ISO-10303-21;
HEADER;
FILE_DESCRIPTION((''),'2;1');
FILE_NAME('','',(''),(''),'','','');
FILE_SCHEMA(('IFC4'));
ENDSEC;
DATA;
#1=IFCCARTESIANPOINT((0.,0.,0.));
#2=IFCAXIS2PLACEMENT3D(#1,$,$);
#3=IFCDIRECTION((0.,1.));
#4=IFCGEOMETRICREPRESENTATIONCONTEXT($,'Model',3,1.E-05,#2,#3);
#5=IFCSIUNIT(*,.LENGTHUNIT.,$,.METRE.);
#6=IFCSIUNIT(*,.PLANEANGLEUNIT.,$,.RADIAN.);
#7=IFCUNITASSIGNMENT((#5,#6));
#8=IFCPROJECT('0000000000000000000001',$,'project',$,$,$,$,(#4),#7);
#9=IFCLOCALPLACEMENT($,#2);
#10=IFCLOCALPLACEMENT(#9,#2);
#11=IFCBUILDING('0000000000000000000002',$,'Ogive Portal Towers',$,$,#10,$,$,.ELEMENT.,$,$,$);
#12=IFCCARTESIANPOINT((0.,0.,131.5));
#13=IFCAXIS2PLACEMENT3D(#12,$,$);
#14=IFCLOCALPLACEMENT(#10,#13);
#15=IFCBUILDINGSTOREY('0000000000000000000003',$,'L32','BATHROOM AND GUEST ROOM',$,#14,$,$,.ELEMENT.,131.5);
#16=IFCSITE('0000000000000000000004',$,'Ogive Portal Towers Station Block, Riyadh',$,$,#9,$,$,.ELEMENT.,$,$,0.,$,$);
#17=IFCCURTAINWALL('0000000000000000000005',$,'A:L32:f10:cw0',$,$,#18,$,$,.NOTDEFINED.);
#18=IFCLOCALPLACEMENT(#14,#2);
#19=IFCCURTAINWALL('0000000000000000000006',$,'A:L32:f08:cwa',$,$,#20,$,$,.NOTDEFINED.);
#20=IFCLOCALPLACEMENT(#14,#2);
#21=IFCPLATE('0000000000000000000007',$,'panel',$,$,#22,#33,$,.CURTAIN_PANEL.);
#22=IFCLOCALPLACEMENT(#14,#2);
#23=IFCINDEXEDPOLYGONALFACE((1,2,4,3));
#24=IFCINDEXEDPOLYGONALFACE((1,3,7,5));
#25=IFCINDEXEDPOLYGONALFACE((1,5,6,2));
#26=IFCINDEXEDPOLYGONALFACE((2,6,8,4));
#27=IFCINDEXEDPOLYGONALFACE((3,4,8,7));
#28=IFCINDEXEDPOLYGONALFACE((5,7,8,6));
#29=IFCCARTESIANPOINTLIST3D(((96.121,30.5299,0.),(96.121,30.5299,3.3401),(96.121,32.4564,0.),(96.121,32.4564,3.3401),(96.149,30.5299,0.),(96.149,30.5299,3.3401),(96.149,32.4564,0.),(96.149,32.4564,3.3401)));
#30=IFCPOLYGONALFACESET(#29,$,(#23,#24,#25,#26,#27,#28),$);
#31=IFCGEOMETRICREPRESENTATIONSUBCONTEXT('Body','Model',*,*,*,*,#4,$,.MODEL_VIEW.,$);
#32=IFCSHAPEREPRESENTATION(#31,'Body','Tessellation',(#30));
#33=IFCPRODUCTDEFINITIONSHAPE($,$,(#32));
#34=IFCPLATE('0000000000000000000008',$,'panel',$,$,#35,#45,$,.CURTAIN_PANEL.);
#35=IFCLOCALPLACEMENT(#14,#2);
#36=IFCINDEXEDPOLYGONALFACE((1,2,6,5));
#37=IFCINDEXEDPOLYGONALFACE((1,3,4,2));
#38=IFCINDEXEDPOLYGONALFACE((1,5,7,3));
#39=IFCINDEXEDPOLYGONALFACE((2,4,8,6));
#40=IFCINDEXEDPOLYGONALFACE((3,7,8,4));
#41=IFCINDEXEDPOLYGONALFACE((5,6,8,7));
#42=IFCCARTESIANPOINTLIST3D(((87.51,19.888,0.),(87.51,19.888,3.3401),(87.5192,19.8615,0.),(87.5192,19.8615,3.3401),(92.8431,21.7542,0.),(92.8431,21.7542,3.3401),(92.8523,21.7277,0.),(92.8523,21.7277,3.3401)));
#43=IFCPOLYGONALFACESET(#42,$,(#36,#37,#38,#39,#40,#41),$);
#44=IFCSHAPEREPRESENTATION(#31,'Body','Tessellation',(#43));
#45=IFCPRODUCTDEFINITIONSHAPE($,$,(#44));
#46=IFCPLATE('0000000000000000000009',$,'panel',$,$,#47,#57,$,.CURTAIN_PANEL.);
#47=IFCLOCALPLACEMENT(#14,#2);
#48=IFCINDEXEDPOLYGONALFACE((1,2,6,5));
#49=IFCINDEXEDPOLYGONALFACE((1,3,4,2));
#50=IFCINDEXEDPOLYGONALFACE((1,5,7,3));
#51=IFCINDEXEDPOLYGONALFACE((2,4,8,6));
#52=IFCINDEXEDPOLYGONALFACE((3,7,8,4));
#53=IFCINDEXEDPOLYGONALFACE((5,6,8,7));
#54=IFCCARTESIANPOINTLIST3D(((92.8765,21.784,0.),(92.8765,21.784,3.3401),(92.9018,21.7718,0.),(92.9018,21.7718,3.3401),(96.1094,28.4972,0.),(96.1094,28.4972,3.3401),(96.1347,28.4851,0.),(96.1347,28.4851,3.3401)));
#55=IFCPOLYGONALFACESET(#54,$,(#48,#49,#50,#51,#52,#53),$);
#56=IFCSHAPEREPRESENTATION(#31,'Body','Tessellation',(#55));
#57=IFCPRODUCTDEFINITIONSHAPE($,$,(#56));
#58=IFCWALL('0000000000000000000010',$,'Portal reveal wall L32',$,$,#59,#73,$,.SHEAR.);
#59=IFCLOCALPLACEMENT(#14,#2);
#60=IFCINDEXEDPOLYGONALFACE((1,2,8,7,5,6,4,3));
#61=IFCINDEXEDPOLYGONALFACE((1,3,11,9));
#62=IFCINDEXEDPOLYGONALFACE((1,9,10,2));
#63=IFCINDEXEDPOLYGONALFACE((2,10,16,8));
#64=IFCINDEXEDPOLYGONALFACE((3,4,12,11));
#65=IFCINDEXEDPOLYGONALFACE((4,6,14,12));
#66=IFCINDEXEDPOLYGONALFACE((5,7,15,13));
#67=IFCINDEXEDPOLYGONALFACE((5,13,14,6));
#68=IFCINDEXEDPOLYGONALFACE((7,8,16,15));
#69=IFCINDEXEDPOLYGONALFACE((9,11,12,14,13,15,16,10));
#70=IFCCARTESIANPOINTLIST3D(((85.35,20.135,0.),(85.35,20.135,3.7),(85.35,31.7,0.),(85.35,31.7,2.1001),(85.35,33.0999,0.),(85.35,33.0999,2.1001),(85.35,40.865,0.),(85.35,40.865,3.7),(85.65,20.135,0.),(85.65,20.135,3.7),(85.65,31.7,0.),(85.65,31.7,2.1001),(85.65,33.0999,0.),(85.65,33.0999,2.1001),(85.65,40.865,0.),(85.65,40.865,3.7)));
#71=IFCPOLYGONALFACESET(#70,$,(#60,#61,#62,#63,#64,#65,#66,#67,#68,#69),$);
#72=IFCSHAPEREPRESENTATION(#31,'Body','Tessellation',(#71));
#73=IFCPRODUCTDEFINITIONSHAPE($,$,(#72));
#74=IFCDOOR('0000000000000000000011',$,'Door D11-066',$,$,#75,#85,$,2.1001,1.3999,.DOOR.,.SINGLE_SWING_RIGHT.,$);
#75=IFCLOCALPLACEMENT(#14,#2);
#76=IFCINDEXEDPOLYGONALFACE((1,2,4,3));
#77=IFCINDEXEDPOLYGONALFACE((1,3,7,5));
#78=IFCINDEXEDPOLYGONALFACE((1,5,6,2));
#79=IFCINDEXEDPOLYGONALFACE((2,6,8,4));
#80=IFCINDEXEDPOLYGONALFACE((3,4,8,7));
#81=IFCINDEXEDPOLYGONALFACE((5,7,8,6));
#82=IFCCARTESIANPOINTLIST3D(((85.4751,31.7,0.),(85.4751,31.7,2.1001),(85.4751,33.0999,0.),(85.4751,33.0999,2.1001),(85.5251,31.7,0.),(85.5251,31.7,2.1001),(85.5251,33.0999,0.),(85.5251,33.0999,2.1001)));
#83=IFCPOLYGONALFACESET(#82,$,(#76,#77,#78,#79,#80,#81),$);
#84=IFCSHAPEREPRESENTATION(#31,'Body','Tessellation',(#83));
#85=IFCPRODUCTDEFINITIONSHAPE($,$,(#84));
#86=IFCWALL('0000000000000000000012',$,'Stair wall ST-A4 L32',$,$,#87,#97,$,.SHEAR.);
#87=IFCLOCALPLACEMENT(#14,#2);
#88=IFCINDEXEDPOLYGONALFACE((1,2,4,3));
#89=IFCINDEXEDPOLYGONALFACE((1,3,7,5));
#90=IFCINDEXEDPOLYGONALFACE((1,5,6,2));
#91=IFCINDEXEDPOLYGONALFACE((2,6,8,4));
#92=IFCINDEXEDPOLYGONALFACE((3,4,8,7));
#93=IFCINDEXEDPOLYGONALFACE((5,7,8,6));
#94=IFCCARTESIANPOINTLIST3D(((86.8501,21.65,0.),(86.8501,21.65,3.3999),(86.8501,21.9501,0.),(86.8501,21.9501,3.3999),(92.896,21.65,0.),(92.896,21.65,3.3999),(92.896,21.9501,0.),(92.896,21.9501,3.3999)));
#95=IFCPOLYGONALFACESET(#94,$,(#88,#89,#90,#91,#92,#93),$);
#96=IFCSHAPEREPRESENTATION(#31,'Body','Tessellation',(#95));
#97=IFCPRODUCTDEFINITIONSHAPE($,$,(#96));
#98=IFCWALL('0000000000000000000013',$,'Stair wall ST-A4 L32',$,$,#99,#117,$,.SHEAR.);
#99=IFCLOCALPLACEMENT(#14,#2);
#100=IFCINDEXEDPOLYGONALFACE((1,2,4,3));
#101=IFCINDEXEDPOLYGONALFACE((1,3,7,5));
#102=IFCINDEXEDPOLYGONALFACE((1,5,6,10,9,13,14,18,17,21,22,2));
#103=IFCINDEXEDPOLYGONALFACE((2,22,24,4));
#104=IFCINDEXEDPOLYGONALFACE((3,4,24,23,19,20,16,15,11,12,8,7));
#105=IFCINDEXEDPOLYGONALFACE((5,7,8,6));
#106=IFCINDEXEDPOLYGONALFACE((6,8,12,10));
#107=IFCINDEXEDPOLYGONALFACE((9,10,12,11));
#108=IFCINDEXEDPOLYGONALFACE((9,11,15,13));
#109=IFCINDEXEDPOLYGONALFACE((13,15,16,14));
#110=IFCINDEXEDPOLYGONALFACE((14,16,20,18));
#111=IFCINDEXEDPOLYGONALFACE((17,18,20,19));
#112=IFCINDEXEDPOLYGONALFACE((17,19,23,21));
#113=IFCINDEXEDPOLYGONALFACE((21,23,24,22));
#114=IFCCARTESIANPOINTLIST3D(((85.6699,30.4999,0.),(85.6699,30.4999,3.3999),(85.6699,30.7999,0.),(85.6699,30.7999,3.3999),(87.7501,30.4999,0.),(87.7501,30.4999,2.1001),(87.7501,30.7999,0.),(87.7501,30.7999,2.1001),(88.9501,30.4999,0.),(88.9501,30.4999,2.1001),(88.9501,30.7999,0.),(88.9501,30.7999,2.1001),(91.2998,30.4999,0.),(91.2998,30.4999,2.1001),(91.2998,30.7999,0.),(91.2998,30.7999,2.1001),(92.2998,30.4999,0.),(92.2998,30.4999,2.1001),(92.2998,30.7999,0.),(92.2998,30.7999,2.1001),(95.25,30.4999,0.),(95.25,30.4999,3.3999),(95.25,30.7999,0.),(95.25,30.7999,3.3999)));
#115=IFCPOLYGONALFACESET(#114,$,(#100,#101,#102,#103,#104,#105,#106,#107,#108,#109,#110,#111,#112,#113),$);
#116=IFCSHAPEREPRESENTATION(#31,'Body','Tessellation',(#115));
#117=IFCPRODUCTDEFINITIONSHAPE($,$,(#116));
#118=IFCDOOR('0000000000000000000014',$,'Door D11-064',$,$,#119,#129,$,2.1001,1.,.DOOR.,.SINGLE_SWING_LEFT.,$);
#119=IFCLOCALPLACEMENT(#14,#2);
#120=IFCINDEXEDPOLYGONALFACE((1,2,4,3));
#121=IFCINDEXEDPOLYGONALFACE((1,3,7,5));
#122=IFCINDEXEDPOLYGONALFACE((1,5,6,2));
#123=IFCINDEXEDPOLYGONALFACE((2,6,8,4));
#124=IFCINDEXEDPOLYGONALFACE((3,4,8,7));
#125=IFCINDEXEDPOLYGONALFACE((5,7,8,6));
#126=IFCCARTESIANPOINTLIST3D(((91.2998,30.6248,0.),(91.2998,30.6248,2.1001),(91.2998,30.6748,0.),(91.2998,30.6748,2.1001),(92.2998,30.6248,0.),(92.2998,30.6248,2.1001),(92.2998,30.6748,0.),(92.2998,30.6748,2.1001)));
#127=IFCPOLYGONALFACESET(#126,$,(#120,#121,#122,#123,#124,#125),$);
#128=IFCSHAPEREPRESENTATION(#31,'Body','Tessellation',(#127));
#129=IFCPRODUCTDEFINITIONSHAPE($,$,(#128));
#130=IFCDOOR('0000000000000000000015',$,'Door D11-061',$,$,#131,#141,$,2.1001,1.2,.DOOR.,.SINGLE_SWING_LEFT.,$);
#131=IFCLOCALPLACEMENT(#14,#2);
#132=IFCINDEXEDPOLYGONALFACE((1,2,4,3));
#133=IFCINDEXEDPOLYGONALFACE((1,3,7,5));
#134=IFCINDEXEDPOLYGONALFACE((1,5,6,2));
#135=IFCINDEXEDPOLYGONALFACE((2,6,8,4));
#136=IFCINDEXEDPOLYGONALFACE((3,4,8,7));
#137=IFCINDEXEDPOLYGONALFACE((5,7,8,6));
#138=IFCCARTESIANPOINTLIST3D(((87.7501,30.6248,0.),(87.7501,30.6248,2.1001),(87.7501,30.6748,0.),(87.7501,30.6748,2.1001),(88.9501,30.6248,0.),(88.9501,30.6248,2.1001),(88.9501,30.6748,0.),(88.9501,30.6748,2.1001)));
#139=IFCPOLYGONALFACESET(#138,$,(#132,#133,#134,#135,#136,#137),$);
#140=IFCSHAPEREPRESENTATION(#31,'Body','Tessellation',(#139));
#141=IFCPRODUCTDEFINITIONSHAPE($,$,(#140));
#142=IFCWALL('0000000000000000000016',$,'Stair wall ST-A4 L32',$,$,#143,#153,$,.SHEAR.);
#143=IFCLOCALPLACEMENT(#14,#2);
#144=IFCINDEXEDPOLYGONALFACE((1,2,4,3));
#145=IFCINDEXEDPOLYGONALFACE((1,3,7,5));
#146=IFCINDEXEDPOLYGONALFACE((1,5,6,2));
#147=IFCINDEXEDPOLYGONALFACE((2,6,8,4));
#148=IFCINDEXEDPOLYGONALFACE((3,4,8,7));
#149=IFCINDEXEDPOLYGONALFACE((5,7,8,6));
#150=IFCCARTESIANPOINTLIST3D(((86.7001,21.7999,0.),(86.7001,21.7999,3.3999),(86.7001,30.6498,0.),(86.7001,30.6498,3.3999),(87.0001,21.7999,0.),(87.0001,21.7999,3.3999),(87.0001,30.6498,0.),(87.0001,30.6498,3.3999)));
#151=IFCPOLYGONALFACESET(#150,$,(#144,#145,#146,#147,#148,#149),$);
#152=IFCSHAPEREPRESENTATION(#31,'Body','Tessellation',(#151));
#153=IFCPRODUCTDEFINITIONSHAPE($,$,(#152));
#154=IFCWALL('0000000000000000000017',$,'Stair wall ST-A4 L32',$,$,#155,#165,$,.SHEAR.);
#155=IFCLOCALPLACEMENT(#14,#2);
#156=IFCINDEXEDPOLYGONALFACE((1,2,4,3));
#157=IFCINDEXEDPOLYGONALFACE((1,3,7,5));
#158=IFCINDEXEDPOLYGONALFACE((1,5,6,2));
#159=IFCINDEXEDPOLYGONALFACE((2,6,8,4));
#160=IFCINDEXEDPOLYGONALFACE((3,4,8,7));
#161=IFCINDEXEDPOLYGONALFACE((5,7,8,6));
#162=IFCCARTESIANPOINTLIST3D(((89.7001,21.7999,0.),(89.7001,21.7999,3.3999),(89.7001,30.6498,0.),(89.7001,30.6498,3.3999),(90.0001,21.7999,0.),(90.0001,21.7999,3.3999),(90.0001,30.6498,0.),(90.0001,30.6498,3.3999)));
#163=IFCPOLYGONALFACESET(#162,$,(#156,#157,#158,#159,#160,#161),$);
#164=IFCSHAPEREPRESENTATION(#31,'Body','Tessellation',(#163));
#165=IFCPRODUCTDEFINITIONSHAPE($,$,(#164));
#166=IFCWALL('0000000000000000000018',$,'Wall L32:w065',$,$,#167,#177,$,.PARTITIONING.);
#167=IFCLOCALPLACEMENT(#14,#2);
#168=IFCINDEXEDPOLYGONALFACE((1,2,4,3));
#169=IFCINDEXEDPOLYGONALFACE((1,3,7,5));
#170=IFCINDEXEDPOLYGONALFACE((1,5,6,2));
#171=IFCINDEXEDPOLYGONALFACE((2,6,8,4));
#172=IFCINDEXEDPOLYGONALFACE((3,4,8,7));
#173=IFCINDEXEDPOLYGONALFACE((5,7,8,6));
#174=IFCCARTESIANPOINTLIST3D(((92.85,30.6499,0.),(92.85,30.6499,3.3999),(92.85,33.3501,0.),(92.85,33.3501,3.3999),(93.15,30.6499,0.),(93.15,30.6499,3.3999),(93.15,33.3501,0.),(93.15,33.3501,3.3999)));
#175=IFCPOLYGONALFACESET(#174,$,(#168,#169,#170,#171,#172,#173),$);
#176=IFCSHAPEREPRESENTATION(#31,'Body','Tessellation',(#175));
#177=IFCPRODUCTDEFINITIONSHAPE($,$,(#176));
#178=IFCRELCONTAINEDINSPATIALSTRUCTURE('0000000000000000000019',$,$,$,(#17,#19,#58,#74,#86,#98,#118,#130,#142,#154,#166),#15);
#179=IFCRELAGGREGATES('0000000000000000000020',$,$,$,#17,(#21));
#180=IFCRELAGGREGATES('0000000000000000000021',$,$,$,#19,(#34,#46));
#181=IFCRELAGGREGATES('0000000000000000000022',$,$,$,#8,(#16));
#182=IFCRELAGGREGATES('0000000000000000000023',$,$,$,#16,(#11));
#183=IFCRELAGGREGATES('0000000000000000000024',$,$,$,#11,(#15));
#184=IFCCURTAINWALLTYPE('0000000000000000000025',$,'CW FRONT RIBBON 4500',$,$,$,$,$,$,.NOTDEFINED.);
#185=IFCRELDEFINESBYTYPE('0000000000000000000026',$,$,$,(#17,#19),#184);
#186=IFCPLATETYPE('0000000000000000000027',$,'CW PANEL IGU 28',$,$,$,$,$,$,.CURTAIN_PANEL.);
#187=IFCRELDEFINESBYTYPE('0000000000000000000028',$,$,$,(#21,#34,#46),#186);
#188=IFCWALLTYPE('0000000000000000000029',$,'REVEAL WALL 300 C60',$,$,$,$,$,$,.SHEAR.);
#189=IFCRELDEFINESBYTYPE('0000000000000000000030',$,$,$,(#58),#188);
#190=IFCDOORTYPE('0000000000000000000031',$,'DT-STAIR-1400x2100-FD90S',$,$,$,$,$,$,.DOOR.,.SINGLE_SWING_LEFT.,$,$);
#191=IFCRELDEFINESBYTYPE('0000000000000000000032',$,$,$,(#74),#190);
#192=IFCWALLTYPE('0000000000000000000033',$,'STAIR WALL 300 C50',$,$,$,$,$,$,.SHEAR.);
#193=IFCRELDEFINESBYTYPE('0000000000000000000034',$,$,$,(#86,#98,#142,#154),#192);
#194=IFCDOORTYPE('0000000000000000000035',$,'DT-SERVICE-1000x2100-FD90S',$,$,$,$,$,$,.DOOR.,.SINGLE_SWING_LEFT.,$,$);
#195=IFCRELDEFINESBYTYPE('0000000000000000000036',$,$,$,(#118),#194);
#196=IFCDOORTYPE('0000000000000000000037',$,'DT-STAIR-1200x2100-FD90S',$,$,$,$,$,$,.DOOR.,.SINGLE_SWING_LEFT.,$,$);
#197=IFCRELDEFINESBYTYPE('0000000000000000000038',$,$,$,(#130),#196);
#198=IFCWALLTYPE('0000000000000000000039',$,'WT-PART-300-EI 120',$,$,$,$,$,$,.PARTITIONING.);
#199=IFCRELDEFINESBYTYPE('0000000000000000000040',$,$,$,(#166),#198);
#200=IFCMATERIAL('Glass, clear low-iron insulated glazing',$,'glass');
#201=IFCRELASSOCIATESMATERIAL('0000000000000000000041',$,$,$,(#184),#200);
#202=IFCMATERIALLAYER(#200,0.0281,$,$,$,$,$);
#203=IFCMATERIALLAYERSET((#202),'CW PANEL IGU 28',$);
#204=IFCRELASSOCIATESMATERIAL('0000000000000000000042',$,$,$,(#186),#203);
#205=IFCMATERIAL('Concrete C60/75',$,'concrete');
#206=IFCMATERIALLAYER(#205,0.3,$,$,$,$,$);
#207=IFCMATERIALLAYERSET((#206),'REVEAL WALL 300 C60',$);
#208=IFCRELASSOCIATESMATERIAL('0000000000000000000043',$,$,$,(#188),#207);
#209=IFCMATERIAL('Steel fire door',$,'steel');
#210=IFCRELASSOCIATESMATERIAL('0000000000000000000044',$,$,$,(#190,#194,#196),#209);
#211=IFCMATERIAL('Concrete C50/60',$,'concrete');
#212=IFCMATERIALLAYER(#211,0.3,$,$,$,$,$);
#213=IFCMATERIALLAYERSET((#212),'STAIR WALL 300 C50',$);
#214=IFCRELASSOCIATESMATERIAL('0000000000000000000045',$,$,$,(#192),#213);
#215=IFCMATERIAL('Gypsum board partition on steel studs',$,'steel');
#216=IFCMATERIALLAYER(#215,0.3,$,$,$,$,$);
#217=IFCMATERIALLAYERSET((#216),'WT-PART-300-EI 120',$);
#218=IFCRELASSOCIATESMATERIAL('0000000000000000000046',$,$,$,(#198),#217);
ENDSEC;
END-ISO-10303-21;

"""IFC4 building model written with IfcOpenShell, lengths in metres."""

from ifc_helpers import new_model, si_unit, direction, frame, frame_2d, origin, origin_2d, place, context, subcontext, project, spatial, rectangle, extrude, material, layer, layer_set, type_object, element, fill, aggregate, save


model = new_model("IFC4")

# Units and contexts
model_context = context("Model", 3, precision=1e-05, world=origin(), true_north=direction((0.0, 1.0)))
body_context = subcontext(model_context, "Body", "Model", "MODEL_VIEW")
ifc_project = project(units=[si_unit("LENGTHUNIT", "METRE"), si_unit("PLANEANGLEUNIT", "RADIAN")], contexts=[model_context])

# Site, building, storey
site_placement = place(None, origin())
site = spatial("IfcSite", under=ifc_project, at=site_placement, Name="Ogive Portal Towers Station Block, Riyadh", CompositionType="ELEMENT", RefElevation=0.0)
building_placement = place(site_placement, origin())
building = spatial("IfcBuilding", under=site, at=building_placement, Name="Ogive Portal Towers", CompositionType="ELEMENT")
storey_placement = place(building_placement, frame((0.0, 0.0, 131.5)))
storey = spatial("IfcBuildingStorey", under=building, at=storey_placement, Name="L32", Description="BATHROOM AND GUEST ROOM", CompositionType="ELEMENT", Elevation=131.5)

# Shared definitions
ifc_material_1 = material(Name="Concrete C60/75", Category="concrete")

# Curtain walls
ifc_material_2 = material(Name="Glass, clear low-iron insulated glazing", Category="glass")
curtain_wall_type = type_object("IfcCurtainWallType", Name="CW FRONT RIBBON 4500", PredefinedType="NOTDEFINED", material=ifc_material_2)
curtain_wall_1_placement = place(storey_placement, origin())
curtain_wall_1 = element("IfcCurtainWall", 1, at=curtain_wall_1_placement, inside=storey, type_object=curtain_wall_type, Name="A:L32:f10:cw0", PredefinedType="NOTDEFINED")
curtain_wall_2_placement = place(storey_placement, origin())
curtain_wall_2 = element("IfcCurtainWall", 2, at=curtain_wall_2_placement, inside=storey, type_object=curtain_wall_type, Name="A:L32:f08:cwa", PredefinedType="NOTDEFINED")

# Plates
ifc_layer_1 = layer(ifc_material_2, 0.0281)
ifc_layer_set_1 = layer_set([ifc_layer_1], Name="CW PANEL IGU 28")
plate_type = type_object("IfcPlateType", Name="CW PANEL IGU 28", PredefinedType="CURTAIN_PANEL", material=ifc_layer_set_1)
plate_1_placement = place(storey_placement, frame((96.135, 31.4932, 0.0), z_axis=(0.0, 0.0, 1.0), x_axis=(0.0, 1.0, 0.0)))
plate_1 = element("IfcPlate", 3, at=plate_1_placement, type_object=plate_type, Name="panel", PredefinedType="CURTAIN_PANEL", context=body_context, shape_type="SweptSolid", body=[
    extrude(rectangle(XDim=1.9265, YDim=0.0281, at=origin_2d()), origin(), (0.0, 0.0, 1.0), 3.3401),
])
aggregate(curtain_wall_1, [plate_1])
plate_2_placement = place(storey_placement, frame((90.1812, 20.8079, 0.0), z_axis=(0.0, 0.0, 1.0), x_axis=(0.943883, 0.330279, 0.0)))
plate_2 = element("IfcPlate", 4, at=plate_2_placement, type_object=plate_type, Name="panel", PredefinedType="CURTAIN_PANEL", context=body_context, shape_type="SweptSolid", body=[
    extrude(rectangle(XDim=5.6501, YDim=0.0281, at=origin_2d()), origin(), (0.0, 0.0, 1.0), 3.3401),
])
plate_3_placement = place(storey_placement, frame((94.5056, 25.1345, 0.0), z_axis=(0.0, 0.0, 1.0), x_axis=(0.433884, 0.900969, 0.0)))
plate_3 = element("IfcPlate", 5, at=plate_3_placement, type_object=plate_type, Name="panel", PredefinedType="CURTAIN_PANEL", context=body_context, shape_type="SweptSolid", body=[
    extrude(rectangle(XDim=7.4512, YDim=0.0281, at=origin_2d()), origin(), (0.0, 0.0, 1.0), 3.3401),
])
aggregate(curtain_wall_2, [plate_2, plate_3])

# Wall, opening, door
ifc_layer_2 = layer(ifc_material_1, 0.3)
ifc_layer_set_2 = layer_set([ifc_layer_2], Name="REVEAL WALL 300 C60")
wall_type_1 = type_object("IfcWallType", Name="REVEAL WALL 300 C60", PredefinedType="SHEAR", material=ifc_layer_set_2)
wall_1_placement = place(storey_placement, frame((85.5, 20.135, 0.0), z_axis=(0.0, 0.0, 1.0), x_axis=(0.0, 1.0, 0.0)))
wall_1 = element("IfcWall", 6, at=wall_1_placement, inside=storey, type_object=wall_type_1, Name="Portal reveal wall L32", PredefinedType="SHEAR", context=body_context, shape_type="SweptSolid", body=[
    extrude(rectangle(XDim=20.73, YDim=0.3, at=frame_2d((10.365, 0.0))), origin(), (0.0, 0.0, 1.0), 3.7),
])
opening_1_placement = place(wall_1_placement, frame((11.5649, 0.0, 0.0)))
opening_1 = element("IfcOpeningElement", 7, at=opening_1_placement, cuts=wall_1, PredefinedType="OPENING", context=body_context, shape_type="SweptSolid", body=[
    extrude(rectangle(XDim=1.3999, YDim=2.1001, at=frame_2d((0.7, 1.05))), frame((0.0, 0.1602, 0.0), z_axis=(0.0, -1.0, 0.0), x_axis=(1.0, 0.0, 0.0)), (0.0, 0.0, 1.0), 0.3201),
])
ifc_material_3 = material(Name="Steel fire door", Category="steel")
door_type_1 = type_object("IfcDoorType", Name="DT-STAIR-1400x2100-FD90S", OperationType="SINGLE_SWING_LEFT", PredefinedType="DOOR", material=ifc_material_3)
door_1_placement = place(opening_1_placement, origin())
door_1 = element("IfcDoor", 8, at=door_1_placement, inside=storey, type_object=door_type_1, Name="Door D11-066", OperationType="SINGLE_SWING_RIGHT", OverallHeight=2.1001, OverallWidth=1.3999, PredefinedType="DOOR", context=body_context, shape_type="SweptSolid", body=[
    extrude(rectangle(XDim=1.3999, YDim=2.1001, at=frame_2d((0.7, 1.05))), frame((0.0, 0.0249, 0.0), z_axis=(0.0, -1.0, 0.0), x_axis=(1.0, 0.0, 0.0)), (0.0, 0.0, 1.0), 0.05),
])
fill(opening_1, door_1)

# Wall
ifc_material_4 = material(Name="Concrete C50/60", Category="concrete")
ifc_layer_3 = layer(ifc_material_4, 0.3)
ifc_layer_set_3 = layer_set([ifc_layer_3], Name="STAIR WALL 300 C50")
wall_type_2 = type_object("IfcWallType", Name="STAIR WALL 300 C50", PredefinedType="SHEAR", material=ifc_layer_set_3)
wall_2_placement = place(storey_placement, frame((86.8501, 21.8, 0.0), z_axis=(0.0, 0.0, 1.0), x_axis=(1.0, 0.0, 0.0)))
element("IfcWall", 9, at=wall_2_placement, inside=storey, type_object=wall_type_2, Name="Stair wall ST-A4 L32", PredefinedType="SHEAR", context=body_context, shape_type="SweptSolid", body=[
    extrude(rectangle(XDim=6.0459, YDim=0.3, at=frame_2d((3.0229, 0.0))), origin(), (0.0, 0.0, 1.0), 3.3999),
])

# Wall, openings, doors
wall_3_placement = place(storey_placement, frame((85.6699, 30.6499, 0.0), z_axis=(0.0, 0.0, 1.0), x_axis=(1.0, 0.0, 0.0)))
wall_3 = element("IfcWall", 10, at=wall_3_placement, inside=storey, type_object=wall_type_2, Name="Stair wall ST-A4 L32", PredefinedType="SHEAR", context=body_context, shape_type="SweptSolid", body=[
    extrude(rectangle(XDim=9.5801, YDim=0.3, at=frame_2d((4.79, 0.0))), origin(), (0.0, 0.0, 1.0), 3.3999),
])
opening_2_placement = place(wall_3_placement, frame((2.0801, 0.0, 0.0)))
opening_2 = element("IfcOpeningElement", 11, at=opening_2_placement, cuts=wall_3, PredefinedType="OPENING", context=body_context, shape_type="SweptSolid", body=[
    extrude(rectangle(XDim=1.2, YDim=2.1001, at=frame_2d((0.6001, 1.05))), frame((0.0, 0.1602, 0.0), z_axis=(0.0, -1.0, 0.0), x_axis=(1.0, 0.0, 0.0)), (0.0, 0.0, 1.0), 0.3201),
])
opening_3_placement = place(wall_3_placement, frame((5.6299, 0.0, 0.0)))
opening_3 = element("IfcOpeningElement", 12, at=opening_3_placement, cuts=wall_3, PredefinedType="OPENING", context=body_context, shape_type="SweptSolid", body=[
    extrude(rectangle(XDim=1.0, YDim=2.1001, at=frame_2d((0.5, 1.05))), frame((0.0, 0.1602, 0.0), z_axis=(0.0, -1.0, 0.0), x_axis=(1.0, 0.0, 0.0)), (0.0, 0.0, 1.0), 0.3201),
])
door_type_2 = type_object("IfcDoorType", Name="DT-SERVICE-1000x2100-FD90S", OperationType="SINGLE_SWING_LEFT", PredefinedType="DOOR", material=ifc_material_3)
door_2_placement = place(opening_3_placement, origin())
door_2 = element("IfcDoor", 13, at=door_2_placement, inside=storey, type_object=door_type_2, Name="Door D11-064", OperationType="SINGLE_SWING_LEFT", OverallHeight=2.1001, OverallWidth=1.0, PredefinedType="DOOR", context=body_context, shape_type="SweptSolid", body=[
    extrude(rectangle(XDim=1.0, YDim=2.1001, at=frame_2d((0.5, 1.05))), frame((0.0, 0.0249, 0.0), z_axis=(0.0, -1.0, 0.0), x_axis=(1.0, 0.0, 0.0)), (0.0, 0.0, 1.0), 0.05),
])
fill(opening_3, door_2)
door_type_3 = type_object("IfcDoorType", Name="DT-STAIR-1200x2100-FD90S", OperationType="SINGLE_SWING_LEFT", PredefinedType="DOOR", material=ifc_material_3)
door_3_placement = place(opening_2_placement, origin())
door_3 = element("IfcDoor", 14, at=door_3_placement, inside=storey, type_object=door_type_3, Name="Door D11-061", OperationType="SINGLE_SWING_LEFT", OverallHeight=2.1001, OverallWidth=1.2, PredefinedType="DOOR", context=body_context, shape_type="SweptSolid", body=[
    extrude(rectangle(XDim=1.2, YDim=2.1001, at=frame_2d((0.6001, 1.05))), frame((0.0, 0.0249, 0.0), z_axis=(0.0, -1.0, 0.0), x_axis=(1.0, 0.0, 0.0)), (0.0, 0.0, 1.0), 0.05),
])
fill(opening_2, door_3)

# Walls
for number, where, z_axis, x_axis, name in (
    (15, (86.8501, 21.8, 0.0), (0.0, 0.0, 1.0), (0.0, 1.0, 0.0), "Stair wall ST-A4 L32"),
    (16, (89.8501, 21.8, 0.0), (0.0, 0.0, 1.0), (0.0, 1.0, 0.0), "Stair wall ST-A4 L32"),
):
    element("IfcWall", number, at=place(storey_placement, frame(where, z_axis=z_axis, x_axis=x_axis)), inside=storey, type_object=wall_type_2, Name=name, PredefinedType="SHEAR", context=body_context, shape_type="SweptSolid", body=[
        extrude(rectangle(XDim=8.8499, YDim=0.3, at=frame_2d((4.4248, 0.0))), origin(), (0.0, 0.0, 1.0), 3.3999),
    ])
ifc_material_5 = material(Name="Gypsum board partition on steel studs", Category="steel")
ifc_layer_4 = layer(ifc_material_5, 0.3)
ifc_layer_set_4 = layer_set([ifc_layer_4], Name="WT-PART-300-EI 120")
wall_type_3 = type_object("IfcWallType", Name="WT-PART-300-EI 120", PredefinedType="PARTITIONING", material=ifc_layer_set_4)
wall_4_placement = place(storey_placement, frame((93.0, 30.6499, 0.0), z_axis=(0.0, 0.0, 1.0), x_axis=(0.0, 1.0, 0.0)))
element("IfcWall", 17, at=wall_4_placement, inside=storey, type_object=wall_type_3, Name="Wall L32:w065", PredefinedType="PARTITIONING", context=body_context, shape_type="SweptSolid", body=[
    extrude(rectangle(XDim=2.7002, YDim=0.3, at=frame_2d((1.3501, 0.0))), origin(), (0.0, 0.0, 1.0), 3.3999),
])

save(model, "model.ifc")
